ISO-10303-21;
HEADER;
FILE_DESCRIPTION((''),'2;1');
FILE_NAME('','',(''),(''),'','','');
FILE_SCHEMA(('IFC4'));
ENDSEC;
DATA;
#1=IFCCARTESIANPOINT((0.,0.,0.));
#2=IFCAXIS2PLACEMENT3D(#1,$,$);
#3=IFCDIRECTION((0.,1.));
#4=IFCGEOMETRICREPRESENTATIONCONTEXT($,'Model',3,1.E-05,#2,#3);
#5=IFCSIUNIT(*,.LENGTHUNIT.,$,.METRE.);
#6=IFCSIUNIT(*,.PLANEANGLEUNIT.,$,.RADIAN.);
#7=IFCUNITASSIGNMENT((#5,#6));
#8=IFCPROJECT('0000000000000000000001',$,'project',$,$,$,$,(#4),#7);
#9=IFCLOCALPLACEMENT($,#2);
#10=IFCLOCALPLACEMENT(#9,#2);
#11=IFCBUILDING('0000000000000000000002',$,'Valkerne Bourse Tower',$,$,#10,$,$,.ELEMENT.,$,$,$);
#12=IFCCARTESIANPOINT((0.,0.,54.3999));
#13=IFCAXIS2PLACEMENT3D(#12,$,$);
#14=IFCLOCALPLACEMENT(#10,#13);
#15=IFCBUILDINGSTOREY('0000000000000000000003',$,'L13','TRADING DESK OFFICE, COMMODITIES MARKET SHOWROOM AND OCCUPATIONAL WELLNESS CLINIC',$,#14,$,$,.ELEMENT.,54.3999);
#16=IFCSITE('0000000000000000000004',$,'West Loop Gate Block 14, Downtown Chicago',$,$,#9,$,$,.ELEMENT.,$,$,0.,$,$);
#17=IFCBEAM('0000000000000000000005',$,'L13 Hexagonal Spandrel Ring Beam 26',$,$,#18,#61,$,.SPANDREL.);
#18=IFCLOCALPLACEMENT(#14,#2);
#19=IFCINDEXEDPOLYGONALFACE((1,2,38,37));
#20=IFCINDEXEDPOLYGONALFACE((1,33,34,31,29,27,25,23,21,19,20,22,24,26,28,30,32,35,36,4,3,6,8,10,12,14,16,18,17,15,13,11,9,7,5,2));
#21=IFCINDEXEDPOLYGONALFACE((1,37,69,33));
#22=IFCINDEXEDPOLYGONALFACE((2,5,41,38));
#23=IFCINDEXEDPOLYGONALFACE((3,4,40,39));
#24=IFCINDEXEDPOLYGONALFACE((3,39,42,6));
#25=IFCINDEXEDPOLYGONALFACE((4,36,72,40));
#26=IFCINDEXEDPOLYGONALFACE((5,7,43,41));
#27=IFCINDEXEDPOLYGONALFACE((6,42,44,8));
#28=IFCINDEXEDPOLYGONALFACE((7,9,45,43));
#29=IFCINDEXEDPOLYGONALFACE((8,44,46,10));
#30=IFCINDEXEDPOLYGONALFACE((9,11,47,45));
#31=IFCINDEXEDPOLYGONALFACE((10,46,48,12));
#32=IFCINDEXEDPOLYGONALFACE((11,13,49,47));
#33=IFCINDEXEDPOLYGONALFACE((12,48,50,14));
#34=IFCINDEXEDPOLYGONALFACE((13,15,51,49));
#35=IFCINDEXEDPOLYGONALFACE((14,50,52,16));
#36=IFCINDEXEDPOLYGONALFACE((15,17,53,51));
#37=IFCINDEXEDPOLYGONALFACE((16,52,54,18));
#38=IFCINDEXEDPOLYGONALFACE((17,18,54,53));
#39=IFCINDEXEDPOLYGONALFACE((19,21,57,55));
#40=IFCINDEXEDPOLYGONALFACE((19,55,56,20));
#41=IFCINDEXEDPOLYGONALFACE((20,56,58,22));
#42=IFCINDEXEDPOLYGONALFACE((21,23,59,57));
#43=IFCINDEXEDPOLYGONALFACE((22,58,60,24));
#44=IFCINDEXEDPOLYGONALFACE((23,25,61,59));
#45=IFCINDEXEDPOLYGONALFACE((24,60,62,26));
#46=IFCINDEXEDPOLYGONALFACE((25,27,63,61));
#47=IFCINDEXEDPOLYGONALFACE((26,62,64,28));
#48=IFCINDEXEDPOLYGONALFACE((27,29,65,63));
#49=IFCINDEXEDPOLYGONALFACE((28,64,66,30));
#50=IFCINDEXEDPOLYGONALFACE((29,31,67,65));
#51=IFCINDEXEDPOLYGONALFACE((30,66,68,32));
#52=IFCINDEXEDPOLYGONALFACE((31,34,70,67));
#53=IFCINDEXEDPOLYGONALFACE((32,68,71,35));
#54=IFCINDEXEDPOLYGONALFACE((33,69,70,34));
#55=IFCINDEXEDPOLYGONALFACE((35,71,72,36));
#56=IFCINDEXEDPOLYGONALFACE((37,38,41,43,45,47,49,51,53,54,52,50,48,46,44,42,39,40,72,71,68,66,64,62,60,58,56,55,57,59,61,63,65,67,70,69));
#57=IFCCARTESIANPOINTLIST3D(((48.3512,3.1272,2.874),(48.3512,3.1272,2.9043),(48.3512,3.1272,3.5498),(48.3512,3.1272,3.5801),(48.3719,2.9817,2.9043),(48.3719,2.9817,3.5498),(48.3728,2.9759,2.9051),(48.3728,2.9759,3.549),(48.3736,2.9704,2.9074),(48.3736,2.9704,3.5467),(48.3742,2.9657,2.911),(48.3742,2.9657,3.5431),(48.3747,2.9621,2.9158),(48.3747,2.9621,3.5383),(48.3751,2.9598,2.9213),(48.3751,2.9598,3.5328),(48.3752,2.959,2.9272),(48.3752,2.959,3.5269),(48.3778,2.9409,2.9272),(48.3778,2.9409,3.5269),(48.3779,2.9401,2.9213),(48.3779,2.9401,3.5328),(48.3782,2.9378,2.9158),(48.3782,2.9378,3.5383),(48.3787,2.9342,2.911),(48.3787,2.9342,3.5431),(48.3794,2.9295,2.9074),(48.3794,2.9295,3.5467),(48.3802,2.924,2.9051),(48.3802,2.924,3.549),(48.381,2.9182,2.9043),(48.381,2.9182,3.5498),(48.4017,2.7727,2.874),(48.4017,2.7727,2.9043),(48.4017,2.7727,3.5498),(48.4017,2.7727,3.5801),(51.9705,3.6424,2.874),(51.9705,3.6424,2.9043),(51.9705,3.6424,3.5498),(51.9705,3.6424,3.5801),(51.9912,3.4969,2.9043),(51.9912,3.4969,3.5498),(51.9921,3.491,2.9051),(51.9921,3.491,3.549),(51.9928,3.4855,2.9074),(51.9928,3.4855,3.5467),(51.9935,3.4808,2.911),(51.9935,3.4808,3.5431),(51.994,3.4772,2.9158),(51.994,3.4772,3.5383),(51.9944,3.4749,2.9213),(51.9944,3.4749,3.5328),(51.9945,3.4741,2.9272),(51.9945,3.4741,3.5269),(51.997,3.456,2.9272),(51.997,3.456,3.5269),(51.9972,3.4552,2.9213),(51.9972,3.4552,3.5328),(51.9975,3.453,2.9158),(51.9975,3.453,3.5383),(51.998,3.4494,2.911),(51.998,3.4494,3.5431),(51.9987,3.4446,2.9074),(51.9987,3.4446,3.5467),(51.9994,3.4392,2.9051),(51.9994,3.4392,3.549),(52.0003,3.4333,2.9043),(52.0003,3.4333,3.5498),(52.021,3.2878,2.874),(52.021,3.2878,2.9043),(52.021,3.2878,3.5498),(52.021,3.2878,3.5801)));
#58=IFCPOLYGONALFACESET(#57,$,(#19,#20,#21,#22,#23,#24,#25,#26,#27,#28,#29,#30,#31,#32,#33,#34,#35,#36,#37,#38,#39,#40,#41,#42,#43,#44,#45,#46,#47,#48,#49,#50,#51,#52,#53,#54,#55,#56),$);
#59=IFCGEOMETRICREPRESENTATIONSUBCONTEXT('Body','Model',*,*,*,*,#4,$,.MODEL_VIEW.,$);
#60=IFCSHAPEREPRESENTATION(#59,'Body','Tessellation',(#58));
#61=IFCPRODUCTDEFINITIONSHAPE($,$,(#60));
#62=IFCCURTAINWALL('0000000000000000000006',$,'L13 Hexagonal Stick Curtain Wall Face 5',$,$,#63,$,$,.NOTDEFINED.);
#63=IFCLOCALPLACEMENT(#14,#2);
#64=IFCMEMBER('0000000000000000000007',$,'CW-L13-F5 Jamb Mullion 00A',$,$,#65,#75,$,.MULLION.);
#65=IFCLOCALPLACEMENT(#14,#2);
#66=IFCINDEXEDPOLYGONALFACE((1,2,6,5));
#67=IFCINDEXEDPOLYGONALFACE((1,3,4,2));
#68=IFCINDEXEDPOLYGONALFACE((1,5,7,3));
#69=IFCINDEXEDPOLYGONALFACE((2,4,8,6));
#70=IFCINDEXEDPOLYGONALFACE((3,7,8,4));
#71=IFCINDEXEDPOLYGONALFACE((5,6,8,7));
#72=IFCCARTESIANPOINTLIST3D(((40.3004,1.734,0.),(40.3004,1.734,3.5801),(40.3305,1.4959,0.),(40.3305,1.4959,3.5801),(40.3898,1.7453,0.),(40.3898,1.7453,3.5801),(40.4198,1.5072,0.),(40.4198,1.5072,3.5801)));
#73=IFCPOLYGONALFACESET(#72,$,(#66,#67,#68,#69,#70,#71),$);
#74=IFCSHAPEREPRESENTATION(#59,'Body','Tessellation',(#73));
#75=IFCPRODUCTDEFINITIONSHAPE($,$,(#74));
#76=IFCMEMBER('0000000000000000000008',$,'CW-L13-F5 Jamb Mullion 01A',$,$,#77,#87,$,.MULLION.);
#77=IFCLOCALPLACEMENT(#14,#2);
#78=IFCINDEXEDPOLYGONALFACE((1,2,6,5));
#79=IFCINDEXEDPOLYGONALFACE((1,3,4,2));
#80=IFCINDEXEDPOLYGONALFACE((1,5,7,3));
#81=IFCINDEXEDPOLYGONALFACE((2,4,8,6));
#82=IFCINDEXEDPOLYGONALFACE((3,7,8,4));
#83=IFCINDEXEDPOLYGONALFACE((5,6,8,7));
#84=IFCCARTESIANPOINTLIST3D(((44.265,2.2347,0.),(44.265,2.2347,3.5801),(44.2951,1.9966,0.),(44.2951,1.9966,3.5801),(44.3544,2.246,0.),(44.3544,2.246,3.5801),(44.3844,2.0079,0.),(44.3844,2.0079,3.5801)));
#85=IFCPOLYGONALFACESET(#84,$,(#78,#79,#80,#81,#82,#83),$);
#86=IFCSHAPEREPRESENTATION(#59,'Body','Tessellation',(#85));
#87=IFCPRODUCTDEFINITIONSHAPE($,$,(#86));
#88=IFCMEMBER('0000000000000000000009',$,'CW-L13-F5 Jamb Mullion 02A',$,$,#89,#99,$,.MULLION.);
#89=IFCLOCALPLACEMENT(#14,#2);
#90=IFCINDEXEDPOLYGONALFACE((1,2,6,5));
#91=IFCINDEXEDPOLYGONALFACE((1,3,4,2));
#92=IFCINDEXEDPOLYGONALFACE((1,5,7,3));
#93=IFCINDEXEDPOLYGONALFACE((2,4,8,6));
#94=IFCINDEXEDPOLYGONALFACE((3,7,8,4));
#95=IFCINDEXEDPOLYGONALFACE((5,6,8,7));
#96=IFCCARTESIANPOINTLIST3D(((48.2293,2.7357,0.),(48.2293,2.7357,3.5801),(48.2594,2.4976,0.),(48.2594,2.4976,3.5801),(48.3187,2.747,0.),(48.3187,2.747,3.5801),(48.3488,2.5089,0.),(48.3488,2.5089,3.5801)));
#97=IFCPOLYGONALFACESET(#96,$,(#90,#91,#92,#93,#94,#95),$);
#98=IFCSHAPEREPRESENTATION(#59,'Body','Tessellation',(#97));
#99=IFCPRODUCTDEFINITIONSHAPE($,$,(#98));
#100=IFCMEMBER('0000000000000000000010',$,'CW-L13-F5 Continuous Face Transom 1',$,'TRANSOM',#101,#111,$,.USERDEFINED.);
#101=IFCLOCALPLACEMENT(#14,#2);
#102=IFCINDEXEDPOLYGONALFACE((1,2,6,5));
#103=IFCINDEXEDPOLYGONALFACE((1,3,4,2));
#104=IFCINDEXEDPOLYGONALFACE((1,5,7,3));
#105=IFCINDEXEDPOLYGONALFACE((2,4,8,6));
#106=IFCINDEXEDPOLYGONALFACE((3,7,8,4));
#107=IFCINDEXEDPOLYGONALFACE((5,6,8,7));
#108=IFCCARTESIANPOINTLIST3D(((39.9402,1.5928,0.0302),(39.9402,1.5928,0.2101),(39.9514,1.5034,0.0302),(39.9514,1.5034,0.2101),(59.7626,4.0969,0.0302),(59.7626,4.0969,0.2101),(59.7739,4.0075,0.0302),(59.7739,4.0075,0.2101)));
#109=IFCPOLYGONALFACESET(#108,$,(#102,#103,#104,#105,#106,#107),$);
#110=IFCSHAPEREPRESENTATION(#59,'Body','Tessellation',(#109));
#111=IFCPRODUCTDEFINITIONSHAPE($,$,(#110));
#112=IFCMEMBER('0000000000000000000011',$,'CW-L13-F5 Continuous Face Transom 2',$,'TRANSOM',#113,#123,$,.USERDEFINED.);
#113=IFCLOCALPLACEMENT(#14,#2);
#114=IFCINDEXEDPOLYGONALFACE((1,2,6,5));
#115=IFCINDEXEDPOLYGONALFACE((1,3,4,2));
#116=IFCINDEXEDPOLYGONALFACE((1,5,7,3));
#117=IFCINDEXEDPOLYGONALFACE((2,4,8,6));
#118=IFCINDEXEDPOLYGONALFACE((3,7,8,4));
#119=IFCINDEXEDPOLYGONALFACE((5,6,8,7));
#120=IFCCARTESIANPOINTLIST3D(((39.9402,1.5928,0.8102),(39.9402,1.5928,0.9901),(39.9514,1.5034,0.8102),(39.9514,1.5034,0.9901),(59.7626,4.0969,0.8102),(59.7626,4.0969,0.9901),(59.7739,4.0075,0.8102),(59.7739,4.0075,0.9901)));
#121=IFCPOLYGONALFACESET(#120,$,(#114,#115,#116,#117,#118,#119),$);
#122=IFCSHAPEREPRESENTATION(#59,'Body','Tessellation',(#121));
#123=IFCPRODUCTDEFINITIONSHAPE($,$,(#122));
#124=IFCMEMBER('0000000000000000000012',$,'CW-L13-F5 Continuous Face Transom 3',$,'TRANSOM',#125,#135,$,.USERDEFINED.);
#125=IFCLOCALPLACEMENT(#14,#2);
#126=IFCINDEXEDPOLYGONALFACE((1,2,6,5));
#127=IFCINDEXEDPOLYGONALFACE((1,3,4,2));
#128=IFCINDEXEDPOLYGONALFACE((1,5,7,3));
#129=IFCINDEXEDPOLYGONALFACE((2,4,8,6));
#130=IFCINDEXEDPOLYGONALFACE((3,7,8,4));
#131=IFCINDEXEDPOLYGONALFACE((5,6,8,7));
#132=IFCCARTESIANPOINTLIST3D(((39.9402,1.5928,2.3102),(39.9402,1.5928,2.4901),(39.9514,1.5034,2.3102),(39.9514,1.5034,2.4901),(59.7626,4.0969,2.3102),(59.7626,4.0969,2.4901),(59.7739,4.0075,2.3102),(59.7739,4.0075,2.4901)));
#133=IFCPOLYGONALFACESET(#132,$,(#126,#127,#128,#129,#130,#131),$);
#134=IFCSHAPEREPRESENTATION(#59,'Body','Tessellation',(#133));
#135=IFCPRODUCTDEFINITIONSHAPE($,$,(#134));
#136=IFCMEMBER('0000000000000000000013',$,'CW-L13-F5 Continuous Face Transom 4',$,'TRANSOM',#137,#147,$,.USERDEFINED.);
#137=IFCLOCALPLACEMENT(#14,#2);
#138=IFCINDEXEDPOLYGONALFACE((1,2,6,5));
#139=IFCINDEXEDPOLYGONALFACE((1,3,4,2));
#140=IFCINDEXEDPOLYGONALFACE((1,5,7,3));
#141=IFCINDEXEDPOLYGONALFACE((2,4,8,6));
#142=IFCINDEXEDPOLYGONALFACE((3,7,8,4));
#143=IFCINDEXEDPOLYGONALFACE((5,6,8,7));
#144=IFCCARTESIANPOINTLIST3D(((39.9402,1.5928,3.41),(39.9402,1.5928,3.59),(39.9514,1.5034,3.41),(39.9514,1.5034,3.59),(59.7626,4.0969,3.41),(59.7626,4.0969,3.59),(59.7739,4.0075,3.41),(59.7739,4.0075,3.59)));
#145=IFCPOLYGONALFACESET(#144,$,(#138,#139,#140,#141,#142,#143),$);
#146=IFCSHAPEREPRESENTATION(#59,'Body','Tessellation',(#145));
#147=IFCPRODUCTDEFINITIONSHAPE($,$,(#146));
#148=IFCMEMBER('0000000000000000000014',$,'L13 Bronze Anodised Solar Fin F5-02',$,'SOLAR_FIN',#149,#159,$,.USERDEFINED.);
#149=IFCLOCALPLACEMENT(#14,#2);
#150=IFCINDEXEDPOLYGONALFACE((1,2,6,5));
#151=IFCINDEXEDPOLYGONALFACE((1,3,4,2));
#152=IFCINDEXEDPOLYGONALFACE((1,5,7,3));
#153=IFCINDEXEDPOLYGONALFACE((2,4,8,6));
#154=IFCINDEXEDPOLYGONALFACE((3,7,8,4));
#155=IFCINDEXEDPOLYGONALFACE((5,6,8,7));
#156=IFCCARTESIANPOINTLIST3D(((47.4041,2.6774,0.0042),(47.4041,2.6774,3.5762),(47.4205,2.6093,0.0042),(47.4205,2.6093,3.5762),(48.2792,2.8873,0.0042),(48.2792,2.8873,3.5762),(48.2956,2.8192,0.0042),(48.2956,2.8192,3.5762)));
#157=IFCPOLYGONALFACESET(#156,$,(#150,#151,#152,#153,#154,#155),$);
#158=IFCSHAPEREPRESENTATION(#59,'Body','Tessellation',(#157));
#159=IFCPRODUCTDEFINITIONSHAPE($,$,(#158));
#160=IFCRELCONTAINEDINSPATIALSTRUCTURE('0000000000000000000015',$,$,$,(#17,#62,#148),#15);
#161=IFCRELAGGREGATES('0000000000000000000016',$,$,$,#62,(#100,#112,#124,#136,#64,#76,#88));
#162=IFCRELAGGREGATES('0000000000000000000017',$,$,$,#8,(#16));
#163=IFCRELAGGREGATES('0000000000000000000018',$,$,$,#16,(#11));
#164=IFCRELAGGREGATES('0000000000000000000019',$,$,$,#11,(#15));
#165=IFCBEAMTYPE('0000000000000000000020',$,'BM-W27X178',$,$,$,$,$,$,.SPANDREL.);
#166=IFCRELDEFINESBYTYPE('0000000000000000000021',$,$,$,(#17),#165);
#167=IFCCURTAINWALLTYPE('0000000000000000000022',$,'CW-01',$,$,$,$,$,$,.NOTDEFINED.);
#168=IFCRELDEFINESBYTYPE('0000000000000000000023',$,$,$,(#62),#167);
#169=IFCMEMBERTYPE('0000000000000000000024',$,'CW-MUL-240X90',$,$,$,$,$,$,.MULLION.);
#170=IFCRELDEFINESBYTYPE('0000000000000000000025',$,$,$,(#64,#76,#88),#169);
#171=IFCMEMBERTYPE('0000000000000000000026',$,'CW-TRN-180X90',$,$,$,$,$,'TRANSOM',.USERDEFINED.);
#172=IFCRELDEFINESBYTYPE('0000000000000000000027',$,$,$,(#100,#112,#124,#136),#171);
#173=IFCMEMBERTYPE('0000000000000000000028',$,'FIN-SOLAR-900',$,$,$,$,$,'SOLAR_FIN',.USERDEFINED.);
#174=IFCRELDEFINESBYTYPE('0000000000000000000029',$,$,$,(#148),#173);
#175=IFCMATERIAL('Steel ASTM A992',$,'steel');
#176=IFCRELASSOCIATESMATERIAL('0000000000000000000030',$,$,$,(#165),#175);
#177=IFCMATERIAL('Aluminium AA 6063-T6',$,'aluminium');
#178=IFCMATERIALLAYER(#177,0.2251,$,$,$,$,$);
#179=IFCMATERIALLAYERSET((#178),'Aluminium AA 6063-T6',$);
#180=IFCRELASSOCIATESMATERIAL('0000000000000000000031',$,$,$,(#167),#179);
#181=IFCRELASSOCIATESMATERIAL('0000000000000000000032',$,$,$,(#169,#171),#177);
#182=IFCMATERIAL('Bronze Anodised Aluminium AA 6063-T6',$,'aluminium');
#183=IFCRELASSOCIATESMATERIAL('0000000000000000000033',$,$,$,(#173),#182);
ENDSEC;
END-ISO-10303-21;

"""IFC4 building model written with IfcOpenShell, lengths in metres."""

from ifc_helpers import new_model, si_unit, direction, frame, origin, origin_2d, place, context, subcontext, project, spatial, rectangle, i_section, extrude, material, layer, layer_set, material_profile, profile_set, type_object, element, aggregate, save


model = new_model("IFC4")

# Units and contexts
model_context = context("Model", 3, precision=1e-05, world=origin(), true_north=direction((0.0, 1.0)))
body_context = subcontext(model_context, "Body", "Model", "MODEL_VIEW")
ifc_project = project(units=[si_unit("LENGTHUNIT", "METRE"), si_unit("PLANEANGLEUNIT", "RADIAN")], contexts=[model_context])

# Site, building, storey
site_placement = place(None, origin())
site = spatial("IfcSite", under=ifc_project, at=site_placement, Name="West Loop Gate Block 14, Downtown Chicago", CompositionType="ELEMENT", RefElevation=0.0)
building_placement = place(site_placement, origin())
building = spatial("IfcBuilding", under=site, at=building_placement, Name="Valkerne Bourse Tower", CompositionType="ELEMENT")
storey_placement = place(building_placement, frame((0.0, 0.0, 54.3999)))
storey = spatial("IfcBuildingStorey", under=building, at=storey_placement, Name="L13", Description="TRADING DESK OFFICE, COMMODITIES MARKET SHOWROOM AND OCCUPATIONAL WELLNESS CLINIC", CompositionType="ELEMENT", Elevation=54.3999)

# Beam
ifc_material_1 = material(Name="Steel ASTM A992", Category="steel")
ifc_material_profile_1 = material_profile(ifc_material_1, i_section(OverallWidth=0.3582, OverallDepth=0.7061, WebThickness=0.0183, FlangeThickness=0.0303, FilletRadius=0.0229, at=origin_2d()), Name="W27X178")
ifc_profile_set_1 = profile_set([ifc_material_profile_1], Name="Steel ASTM A992")
beam_type_1 = type_object("IfcBeamType", Name="BM-W27X178", PredefinedType="SPANDREL", material=ifc_profile_set_1)
for number, where, z_axis, x_axis, name in (
    (1, (48.3765, 2.95, 3.2271), (0.990023, 0.140907, 0.0), (-0.140907, 0.990023, 0.0), "L13 Hexagonal Spandrel Ring Beam 26"),
):
    element("IfcBeam", number, at=place(storey_placement, frame(where, z_axis=z_axis, x_axis=x_axis)), inside=storey, type_object=beam_type_1, Name=name, PredefinedType="SPANDREL", context=body_context, shape_type="SweptSolid", body=[
        extrude(i_section(OverallWidth=0.3582, OverallDepth=0.7061, WebThickness=0.0183, FlangeThickness=0.0303, FilletRadius=0.0229, at=origin_2d()), origin(), (0.0, 0.0, 1.0), 3.6558),
    ])

# Curtain wall, members
ifc_material_2 = material(Name="Aluminium AA 6063-T6", Category="aluminium")
ifc_layer_1 = layer(ifc_material_2, 0.2251)
ifc_layer_set_1 = layer_set([ifc_layer_1], Name="Aluminium AA 6063-T6")
curtain_wall_type = type_object("IfcCurtainWallType", Name="CW-01", PredefinedType="NOTDEFINED", material=ifc_layer_set_1)
curtain_wall_placement = place(storey_placement, origin())
curtain_wall = element("IfcCurtainWall", 2, at=curtain_wall_placement, inside=storey, type_object=curtain_wall_type, Name="L13 Hexagonal Stick Curtain Wall Face 5", PredefinedType="NOTDEFINED")
ifc_material_profile_2 = material_profile(ifc_material_2, rectangle(XDim=0.0901, YDim=0.24, at=origin_2d()), Name="CWM-90X240")
ifc_profile_set_2 = profile_set([ifc_material_profile_2], Name="Aluminium AA 6063-T6")
member_type_1 = type_object("IfcMemberType", Name="CW-MUL-240X90", PredefinedType="MULLION", material=ifc_profile_set_2)
member_1_placement = place(storey_placement, frame((40.3601, 1.6206, 0.0), z_axis=(0.0, 0.0, 1.0), x_axis=(0.992116, 0.125325, 0.0)))
member_1 = element("IfcMember", 3, at=member_1_placement, type_object=member_type_1, Name="CW-L13-F5 Jamb Mullion 00A", PredefinedType="MULLION", context=body_context, shape_type="SweptSolid", body=[
    extrude(rectangle(XDim=0.0901, YDim=0.24, at=origin_2d()), origin(), (0.0, 0.0, 1.0), 3.5801),
])
member_2_placement = place(storey_placement, frame((44.3247, 2.1213, 0.0), z_axis=(0.0, 0.0, 1.0), x_axis=(0.992113, 0.12535, 0.0)))
member_2 = element("IfcMember", 4, at=member_2_placement, type_object=member_type_1, Name="CW-L13-F5 Jamb Mullion 01A", PredefinedType="MULLION", context=body_context, shape_type="SweptSolid", body=[
    extrude(rectangle(XDim=0.0901, YDim=0.24, at=origin_2d()), origin(), (0.0, 0.0, 1.0), 3.5801),
])
member_3_placement = place(storey_placement, frame((48.2891, 2.6223, 0.0), z_axis=(0.0, 0.0, 1.0), x_axis=(0.992116, 0.125325, 0.0)))
member_3 = element("IfcMember", 5, at=member_3_placement, type_object=member_type_1, Name="CW-L13-F5 Jamb Mullion 02A", PredefinedType="MULLION", context=body_context, shape_type="SweptSolid", body=[
    extrude(rectangle(XDim=0.0901, YDim=0.24, at=origin_2d()), origin(), (0.0, 0.0, 1.0), 3.5801),
])
ifc_material_profile_3 = material_profile(ifc_material_2, rectangle(XDim=0.0901, YDim=0.1799, at=origin_2d()), Name="CWT-90X180")
ifc_profile_set_3 = profile_set([ifc_material_profile_3], Name="Aluminium AA 6063-T6")
member_type_2 = type_object("IfcMemberType", Name="CW-TRN-180X90", ElementType="TRANSOM", PredefinedType="USERDEFINED", material=ifc_profile_set_3)
member_4_placement = place(storey_placement, frame((39.9458, 1.5481, 0.1201), z_axis=(0.992115, 0.125332, 0.0), x_axis=(-0.125332, 0.992115, 0.0)))
member_4 = element("IfcMember", 6, at=member_4_placement, type_object=member_type_2, Name="CW-L13-F5 Continuous Face Transom 1", ObjectType="TRANSOM", PredefinedType="USERDEFINED", context=body_context, shape_type="SweptSolid", body=[
    extrude(rectangle(XDim=0.0901, YDim=0.1799, at=origin_2d()), origin(), (0.0, 0.0, 1.0), 19.98),
])
member_5_placement = place(storey_placement, frame((39.9458, 1.5481, 0.9001), z_axis=(0.992115, 0.125332, 0.0), x_axis=(-0.125332, 0.992115, 0.0)))
member_5 = element("IfcMember", 7, at=member_5_placement, type_object=member_type_2, Name="CW-L13-F5 Continuous Face Transom 2", ObjectType="TRANSOM", PredefinedType="USERDEFINED", context=body_context, shape_type="SweptSolid", body=[
    extrude(rectangle(XDim=0.0901, YDim=0.1799, at=origin_2d()), origin(), (0.0, 0.0, 1.0), 19.98),
])
member_6_placement = place(storey_placement, frame((39.9458, 1.5481, 2.4001), z_axis=(0.992115, 0.125332, 0.0), x_axis=(-0.125332, 0.992115, 0.0)))
member_6 = element("IfcMember", 8, at=member_6_placement, type_object=member_type_2, Name="CW-L13-F5 Continuous Face Transom 3", ObjectType="TRANSOM", PredefinedType="USERDEFINED", context=body_context, shape_type="SweptSolid", body=[
    extrude(rectangle(XDim=0.0901, YDim=0.1799, at=origin_2d()), origin(), (0.0, 0.0, 1.0), 19.98),
])
member_7_placement = place(storey_placement, frame((39.9458, 1.5481, 3.5), z_axis=(0.992115, 0.125332, 0.0), x_axis=(-0.125332, 0.992115, 0.0)))
member_7 = element("IfcMember", 9, at=member_7_placement, type_object=member_type_2, Name="CW-L13-F5 Continuous Face Transom 4", ObjectType="TRANSOM", PredefinedType="USERDEFINED", context=body_context, shape_type="SweptSolid", body=[
    extrude(rectangle(XDim=0.0901, YDim=0.1799, at=origin_2d()), origin(), (0.0, 0.0, 1.0), 19.98),
])

# Member
ifc_material_3 = material(Name="Bronze Anodised Aluminium AA 6063-T6", Category="aluminium")
ifc_material_profile_4 = material_profile(ifc_material_3, rectangle(XDim=0.0701, YDim=0.8999, at=origin_2d()), Name="FIN-70X900")
ifc_profile_set_4 = profile_set([ifc_material_profile_4], Name="Bronze Anodised Aluminium AA 6063-T6")
member_type_3 = type_object("IfcMemberType", Name="FIN-SOLAR-900", ElementType="SOLAR_FIN", PredefinedType="USERDEFINED", material=ifc_profile_set_4)
member_8_placement = place(storey_placement, frame((47.8499, 2.7483, 0.0042), z_axis=(0.0, 0.0, 1.0), x_axis=(0.233274, -0.972411, 0.0)))
element("IfcMember", 10, at=member_8_placement, inside=storey, type_object=member_type_3, Name="L13 Bronze Anodised Solar Fin F5-02", ObjectType="SOLAR_FIN", PredefinedType="USERDEFINED", context=body_context, shape_type="SweptSolid", body=[
    extrude(rectangle(XDim=0.0701, YDim=0.8999, at=origin_2d()), origin(), (0.0, 0.0, 1.0), 3.572),
])

aggregate(curtain_wall, [member_4, member_5, member_6, member_7, member_1, member_2, member_3])

save(model, "model.ifc")
